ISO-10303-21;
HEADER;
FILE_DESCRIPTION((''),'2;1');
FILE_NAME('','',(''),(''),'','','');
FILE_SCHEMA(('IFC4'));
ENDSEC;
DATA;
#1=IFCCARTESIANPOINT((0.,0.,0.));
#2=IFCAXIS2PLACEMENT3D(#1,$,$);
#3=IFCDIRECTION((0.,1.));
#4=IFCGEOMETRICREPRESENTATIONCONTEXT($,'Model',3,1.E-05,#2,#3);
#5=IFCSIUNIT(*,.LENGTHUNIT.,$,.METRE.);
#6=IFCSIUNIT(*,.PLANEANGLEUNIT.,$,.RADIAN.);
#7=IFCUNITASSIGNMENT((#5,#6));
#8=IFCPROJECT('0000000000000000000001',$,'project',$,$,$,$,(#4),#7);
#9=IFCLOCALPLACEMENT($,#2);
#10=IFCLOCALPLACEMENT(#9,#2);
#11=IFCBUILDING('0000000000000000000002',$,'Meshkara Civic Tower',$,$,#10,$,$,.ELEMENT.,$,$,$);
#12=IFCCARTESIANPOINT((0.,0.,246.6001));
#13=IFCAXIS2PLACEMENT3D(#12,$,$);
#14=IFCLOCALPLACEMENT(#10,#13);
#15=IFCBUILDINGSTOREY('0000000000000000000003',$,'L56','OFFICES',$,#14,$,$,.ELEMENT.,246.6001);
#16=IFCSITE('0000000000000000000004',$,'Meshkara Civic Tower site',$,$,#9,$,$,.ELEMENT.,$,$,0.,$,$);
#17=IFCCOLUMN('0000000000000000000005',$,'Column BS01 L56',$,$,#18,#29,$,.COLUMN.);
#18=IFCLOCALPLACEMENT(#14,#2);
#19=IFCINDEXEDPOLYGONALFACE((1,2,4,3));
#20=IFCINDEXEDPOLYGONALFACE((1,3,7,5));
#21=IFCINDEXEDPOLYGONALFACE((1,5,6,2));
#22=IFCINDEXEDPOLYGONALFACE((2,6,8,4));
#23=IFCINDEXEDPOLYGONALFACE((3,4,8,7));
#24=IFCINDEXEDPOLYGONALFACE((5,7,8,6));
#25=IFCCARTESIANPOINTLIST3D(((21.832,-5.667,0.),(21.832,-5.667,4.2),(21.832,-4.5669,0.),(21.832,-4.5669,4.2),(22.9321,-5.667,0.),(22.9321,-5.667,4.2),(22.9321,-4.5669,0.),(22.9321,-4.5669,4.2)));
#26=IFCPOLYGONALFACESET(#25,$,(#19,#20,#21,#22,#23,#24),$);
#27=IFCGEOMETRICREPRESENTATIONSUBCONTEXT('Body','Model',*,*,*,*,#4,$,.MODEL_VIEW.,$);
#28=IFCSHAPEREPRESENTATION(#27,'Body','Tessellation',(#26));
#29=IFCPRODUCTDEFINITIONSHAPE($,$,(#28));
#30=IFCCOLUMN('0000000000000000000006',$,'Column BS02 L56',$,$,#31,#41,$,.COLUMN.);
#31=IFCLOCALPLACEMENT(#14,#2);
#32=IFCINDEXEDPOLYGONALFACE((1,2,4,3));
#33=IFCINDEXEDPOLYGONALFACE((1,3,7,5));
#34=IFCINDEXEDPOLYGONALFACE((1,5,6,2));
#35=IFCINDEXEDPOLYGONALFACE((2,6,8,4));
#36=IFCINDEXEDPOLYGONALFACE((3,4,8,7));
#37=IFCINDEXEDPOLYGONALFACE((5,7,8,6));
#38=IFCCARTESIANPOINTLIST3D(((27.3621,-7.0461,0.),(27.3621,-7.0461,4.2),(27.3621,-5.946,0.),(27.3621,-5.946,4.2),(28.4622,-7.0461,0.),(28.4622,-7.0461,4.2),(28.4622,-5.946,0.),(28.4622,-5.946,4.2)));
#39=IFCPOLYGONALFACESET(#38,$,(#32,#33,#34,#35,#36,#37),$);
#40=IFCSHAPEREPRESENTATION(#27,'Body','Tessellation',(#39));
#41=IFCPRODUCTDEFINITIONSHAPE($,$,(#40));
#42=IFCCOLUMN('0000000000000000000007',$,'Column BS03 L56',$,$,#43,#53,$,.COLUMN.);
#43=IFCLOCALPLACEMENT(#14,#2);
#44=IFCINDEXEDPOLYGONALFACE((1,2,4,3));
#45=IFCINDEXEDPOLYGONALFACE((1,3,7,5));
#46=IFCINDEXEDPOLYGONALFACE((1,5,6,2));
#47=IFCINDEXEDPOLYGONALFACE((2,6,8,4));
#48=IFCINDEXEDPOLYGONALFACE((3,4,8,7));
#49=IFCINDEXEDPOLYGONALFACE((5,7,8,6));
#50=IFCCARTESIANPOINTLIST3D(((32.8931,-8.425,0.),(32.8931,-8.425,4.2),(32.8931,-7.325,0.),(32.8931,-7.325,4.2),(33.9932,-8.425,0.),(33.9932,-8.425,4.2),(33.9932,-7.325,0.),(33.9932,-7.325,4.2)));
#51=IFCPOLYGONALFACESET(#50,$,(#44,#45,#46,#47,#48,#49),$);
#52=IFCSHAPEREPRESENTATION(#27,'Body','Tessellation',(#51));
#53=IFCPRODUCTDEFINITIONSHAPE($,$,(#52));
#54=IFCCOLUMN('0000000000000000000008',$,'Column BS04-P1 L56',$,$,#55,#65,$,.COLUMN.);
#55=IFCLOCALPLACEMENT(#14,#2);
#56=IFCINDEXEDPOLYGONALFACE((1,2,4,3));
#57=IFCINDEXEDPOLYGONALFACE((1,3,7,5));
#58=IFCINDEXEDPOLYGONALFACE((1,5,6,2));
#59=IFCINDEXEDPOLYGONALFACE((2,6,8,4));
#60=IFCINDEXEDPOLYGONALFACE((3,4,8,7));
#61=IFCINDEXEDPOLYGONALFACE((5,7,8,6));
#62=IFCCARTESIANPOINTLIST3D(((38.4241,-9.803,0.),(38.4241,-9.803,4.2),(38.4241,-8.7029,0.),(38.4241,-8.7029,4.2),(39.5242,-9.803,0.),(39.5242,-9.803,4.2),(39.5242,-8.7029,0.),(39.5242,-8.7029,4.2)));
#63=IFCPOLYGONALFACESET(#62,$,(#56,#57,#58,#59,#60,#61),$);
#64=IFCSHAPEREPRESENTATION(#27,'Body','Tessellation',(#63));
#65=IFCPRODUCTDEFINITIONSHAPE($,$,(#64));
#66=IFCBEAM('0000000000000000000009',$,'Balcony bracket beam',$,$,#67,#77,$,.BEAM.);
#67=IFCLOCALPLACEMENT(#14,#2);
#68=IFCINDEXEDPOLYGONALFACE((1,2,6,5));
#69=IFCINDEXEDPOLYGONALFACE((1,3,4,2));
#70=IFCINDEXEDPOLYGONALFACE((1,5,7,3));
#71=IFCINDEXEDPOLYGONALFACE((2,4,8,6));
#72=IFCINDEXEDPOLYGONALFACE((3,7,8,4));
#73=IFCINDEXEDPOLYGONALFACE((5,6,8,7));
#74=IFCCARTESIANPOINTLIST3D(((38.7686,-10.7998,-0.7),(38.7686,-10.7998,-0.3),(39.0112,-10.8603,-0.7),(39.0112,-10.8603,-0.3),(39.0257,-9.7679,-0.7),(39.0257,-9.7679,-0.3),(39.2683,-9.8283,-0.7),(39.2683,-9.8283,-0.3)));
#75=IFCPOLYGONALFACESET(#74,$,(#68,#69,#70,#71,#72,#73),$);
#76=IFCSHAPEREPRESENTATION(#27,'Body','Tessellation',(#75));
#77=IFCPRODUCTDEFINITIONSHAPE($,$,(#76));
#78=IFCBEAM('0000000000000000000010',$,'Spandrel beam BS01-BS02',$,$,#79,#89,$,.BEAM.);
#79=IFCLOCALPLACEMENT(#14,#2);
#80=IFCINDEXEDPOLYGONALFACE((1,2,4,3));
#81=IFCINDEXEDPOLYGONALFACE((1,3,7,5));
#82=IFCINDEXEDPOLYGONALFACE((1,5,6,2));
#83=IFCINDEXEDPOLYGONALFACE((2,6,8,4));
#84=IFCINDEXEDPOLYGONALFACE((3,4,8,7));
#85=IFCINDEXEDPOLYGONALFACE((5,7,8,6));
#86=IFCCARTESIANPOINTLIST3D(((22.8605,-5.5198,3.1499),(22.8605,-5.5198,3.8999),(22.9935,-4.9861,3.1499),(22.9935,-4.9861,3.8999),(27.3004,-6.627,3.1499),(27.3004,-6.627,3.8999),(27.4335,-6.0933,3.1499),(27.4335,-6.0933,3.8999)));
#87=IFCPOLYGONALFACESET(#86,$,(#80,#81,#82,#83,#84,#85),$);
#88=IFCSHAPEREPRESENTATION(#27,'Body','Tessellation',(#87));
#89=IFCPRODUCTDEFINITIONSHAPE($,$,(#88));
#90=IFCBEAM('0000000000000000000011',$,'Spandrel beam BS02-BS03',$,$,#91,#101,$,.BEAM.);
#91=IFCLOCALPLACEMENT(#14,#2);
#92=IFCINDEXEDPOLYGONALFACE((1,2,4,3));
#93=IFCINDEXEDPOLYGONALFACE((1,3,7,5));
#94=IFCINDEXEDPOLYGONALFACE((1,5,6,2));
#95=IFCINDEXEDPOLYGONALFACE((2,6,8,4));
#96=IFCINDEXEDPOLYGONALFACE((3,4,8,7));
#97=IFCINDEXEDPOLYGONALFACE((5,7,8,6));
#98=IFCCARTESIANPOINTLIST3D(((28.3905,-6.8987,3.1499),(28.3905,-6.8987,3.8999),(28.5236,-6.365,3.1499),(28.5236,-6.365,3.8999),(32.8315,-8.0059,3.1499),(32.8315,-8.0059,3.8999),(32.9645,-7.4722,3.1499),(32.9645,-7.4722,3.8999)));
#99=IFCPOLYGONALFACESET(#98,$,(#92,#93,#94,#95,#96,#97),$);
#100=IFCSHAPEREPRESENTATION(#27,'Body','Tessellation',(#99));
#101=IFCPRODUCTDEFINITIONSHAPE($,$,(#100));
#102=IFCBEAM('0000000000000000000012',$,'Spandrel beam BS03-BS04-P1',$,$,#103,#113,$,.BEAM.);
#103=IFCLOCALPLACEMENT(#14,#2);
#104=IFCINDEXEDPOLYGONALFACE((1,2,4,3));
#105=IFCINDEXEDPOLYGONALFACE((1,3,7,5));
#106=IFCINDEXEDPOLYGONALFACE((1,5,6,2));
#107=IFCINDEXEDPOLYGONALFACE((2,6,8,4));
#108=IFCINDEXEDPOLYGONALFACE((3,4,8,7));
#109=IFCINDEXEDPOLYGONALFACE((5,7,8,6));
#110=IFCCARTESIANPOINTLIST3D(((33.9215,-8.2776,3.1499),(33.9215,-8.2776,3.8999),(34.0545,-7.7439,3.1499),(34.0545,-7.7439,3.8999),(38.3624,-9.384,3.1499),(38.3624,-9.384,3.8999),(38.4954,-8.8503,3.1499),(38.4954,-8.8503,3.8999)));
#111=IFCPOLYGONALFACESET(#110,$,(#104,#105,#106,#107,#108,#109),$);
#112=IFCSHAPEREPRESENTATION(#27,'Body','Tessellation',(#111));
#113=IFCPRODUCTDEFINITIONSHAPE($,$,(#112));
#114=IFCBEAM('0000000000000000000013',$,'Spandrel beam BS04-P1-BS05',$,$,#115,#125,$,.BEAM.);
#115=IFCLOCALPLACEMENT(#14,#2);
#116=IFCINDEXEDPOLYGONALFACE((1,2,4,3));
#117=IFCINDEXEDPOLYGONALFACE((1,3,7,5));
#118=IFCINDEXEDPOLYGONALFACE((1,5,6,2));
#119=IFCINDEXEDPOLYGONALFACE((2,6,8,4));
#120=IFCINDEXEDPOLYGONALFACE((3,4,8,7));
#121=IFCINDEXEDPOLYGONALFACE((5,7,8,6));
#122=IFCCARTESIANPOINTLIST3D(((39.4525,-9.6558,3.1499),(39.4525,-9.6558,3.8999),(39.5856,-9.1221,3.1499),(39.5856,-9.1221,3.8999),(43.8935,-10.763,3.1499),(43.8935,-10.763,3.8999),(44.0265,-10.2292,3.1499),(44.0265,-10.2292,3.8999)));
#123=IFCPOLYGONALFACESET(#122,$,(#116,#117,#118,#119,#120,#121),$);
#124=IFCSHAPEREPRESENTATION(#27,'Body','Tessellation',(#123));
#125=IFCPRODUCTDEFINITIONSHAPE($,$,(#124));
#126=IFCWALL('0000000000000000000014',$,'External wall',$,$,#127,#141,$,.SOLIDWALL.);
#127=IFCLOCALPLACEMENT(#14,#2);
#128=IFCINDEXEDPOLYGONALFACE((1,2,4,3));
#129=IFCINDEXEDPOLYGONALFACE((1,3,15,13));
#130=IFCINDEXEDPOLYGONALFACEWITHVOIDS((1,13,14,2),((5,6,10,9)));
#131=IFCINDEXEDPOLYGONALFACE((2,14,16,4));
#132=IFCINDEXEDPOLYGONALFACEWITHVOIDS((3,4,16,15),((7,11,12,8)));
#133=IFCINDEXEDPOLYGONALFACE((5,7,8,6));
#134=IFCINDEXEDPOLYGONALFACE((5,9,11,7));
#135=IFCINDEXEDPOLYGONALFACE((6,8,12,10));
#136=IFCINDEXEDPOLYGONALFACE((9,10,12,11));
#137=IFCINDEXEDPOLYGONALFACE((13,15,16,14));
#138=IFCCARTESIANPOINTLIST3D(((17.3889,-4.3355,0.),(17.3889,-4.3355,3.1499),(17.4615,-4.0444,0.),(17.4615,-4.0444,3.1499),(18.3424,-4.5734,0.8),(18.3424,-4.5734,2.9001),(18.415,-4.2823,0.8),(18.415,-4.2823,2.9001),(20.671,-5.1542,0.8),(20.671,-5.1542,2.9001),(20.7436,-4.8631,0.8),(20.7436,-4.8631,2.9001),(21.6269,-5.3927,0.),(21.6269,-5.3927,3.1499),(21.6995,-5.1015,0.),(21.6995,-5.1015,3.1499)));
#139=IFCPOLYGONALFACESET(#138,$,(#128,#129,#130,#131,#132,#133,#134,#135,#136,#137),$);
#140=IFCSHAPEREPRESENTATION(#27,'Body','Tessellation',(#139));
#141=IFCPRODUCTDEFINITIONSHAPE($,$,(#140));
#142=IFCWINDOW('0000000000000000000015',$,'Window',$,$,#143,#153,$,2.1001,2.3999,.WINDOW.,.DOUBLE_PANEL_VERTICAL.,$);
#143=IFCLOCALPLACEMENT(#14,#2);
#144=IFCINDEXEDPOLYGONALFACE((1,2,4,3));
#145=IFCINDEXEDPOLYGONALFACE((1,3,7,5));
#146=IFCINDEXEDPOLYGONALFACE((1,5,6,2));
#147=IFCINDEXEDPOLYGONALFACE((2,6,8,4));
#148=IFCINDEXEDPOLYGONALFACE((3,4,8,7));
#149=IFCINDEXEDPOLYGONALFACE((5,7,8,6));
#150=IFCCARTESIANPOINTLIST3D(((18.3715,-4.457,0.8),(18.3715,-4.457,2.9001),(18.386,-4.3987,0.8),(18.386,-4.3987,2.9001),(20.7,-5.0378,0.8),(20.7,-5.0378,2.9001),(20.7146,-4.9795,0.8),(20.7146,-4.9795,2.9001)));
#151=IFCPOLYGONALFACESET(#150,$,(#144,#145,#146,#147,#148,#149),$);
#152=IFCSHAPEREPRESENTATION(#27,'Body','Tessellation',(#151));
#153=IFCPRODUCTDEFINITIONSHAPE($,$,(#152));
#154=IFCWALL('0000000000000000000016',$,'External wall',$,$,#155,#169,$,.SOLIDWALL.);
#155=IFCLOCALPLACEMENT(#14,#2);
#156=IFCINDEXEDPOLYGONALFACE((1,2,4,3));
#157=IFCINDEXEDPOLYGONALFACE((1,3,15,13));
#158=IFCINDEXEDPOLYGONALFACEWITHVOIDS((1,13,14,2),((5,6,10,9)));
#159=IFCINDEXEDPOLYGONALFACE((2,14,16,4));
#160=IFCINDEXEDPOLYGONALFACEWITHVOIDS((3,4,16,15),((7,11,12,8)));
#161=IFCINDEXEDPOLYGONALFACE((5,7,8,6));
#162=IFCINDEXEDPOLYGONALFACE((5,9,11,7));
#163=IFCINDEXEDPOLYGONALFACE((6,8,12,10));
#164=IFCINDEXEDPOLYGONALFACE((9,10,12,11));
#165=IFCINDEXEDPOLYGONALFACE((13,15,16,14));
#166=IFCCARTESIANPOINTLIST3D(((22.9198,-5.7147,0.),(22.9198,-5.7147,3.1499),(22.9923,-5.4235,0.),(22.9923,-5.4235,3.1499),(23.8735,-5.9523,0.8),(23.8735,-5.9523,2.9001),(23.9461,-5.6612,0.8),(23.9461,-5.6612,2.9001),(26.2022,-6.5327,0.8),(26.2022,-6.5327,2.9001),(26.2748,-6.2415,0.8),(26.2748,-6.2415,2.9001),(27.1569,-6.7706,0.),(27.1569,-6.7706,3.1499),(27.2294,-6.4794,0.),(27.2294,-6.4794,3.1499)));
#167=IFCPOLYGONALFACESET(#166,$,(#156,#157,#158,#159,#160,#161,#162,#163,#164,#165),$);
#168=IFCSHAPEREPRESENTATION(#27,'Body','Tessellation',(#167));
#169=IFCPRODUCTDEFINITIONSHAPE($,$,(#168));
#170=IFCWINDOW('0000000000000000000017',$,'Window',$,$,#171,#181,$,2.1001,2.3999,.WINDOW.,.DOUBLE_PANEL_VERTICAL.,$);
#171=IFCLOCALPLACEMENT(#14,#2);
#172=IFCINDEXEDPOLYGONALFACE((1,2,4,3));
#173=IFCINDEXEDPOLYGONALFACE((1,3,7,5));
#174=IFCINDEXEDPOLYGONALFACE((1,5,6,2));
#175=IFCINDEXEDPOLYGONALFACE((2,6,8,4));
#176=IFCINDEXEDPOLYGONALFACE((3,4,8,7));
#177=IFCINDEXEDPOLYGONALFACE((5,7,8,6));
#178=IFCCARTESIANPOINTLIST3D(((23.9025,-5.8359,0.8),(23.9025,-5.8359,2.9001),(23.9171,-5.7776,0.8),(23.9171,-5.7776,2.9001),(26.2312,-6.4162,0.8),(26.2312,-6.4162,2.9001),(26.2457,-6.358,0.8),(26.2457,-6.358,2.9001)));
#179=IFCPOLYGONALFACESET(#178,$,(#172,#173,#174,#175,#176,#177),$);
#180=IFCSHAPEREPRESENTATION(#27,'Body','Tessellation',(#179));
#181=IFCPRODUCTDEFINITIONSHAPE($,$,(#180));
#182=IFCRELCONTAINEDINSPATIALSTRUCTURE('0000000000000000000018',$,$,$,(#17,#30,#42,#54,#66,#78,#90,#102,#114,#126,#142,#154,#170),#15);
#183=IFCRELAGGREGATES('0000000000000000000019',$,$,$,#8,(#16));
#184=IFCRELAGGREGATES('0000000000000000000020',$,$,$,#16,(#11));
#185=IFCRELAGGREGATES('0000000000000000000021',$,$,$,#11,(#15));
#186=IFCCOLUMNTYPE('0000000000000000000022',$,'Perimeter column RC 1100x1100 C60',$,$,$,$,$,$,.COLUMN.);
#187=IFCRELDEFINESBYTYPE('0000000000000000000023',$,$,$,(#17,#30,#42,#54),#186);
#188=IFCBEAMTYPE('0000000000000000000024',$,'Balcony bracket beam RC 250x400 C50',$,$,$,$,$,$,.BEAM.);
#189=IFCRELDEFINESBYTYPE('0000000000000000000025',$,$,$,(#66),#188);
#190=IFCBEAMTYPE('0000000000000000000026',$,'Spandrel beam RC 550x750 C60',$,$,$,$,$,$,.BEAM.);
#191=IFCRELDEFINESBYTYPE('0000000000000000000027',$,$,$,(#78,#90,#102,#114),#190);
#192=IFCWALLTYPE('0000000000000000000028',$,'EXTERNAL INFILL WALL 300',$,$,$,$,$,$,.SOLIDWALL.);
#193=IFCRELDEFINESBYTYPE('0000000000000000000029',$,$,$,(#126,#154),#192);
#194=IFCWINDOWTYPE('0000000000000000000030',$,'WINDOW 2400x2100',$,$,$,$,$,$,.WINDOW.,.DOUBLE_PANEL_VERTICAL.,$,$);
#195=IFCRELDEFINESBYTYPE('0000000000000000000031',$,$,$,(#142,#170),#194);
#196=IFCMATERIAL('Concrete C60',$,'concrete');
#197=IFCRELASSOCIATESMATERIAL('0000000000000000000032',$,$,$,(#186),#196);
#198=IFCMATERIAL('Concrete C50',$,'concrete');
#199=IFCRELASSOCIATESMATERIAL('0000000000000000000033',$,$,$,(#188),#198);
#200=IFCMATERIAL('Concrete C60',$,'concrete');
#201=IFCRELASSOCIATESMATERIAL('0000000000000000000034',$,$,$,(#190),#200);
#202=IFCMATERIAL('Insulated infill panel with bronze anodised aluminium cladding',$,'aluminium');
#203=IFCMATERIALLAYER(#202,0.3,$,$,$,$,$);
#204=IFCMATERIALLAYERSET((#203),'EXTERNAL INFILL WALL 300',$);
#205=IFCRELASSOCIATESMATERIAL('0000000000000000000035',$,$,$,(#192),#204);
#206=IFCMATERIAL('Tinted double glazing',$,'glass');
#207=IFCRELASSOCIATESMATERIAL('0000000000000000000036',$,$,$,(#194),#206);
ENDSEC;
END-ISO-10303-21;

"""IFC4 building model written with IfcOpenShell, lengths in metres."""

from ifc_helpers import new_model, si_unit, direction, frame, frame_2d, origin, origin_2d, place, context, subcontext, project, spatial, rectangle, extrude, material, layer, layer_set, material_profile, profile_set, type_object, element, fill, save


model = new_model("IFC4")

# Units and contexts
model_context = context("Model", 3, precision=1e-05, world=origin(), true_north=direction((0.0, 1.0)))
body_context = subcontext(model_context, "Body", "Model", "MODEL_VIEW")
ifc_project = project(units=[si_unit("LENGTHUNIT", "METRE"), si_unit("PLANEANGLEUNIT", "RADIAN")], contexts=[model_context])

# Site, building, storey
site_placement = place(None, origin())
site = spatial("IfcSite", under=ifc_project, at=site_placement, Name="Meshkara Civic Tower site", CompositionType="ELEMENT", RefElevation=0.0)
building_placement = place(site_placement, origin())
building = spatial("IfcBuilding", under=site, at=building_placement, Name="Meshkara Civic Tower", CompositionType="ELEMENT")
storey_placement = place(building_placement, frame((0.0, 0.0, 246.6001)))
storey = spatial("IfcBuildingStorey", under=building, at=storey_placement, Name="L56", Description="OFFICES", CompositionType="ELEMENT", Elevation=246.6001)

# Columns
ifc_material_1 = material(Name="Concrete C60", Category="concrete")
ifc_material_profile_1 = material_profile(ifc_material_1, rectangle(XDim=1.1001, YDim=1.1001, at=origin_2d()))
ifc_profile_set_1 = profile_set([ifc_material_profile_1], Name="Concrete C60")
column_type = type_object("IfcColumnType", Name="Perimeter column RC 1100x1100 C60", PredefinedType="COLUMN", material=ifc_profile_set_1)
for number, where, z_axis, x_axis, name in (
    (1, (22.3821, -5.1169, 0.0), (0.0, 0.0, 1.0), (1.0, 0.0, 0.0), "Column BS01 L56"),
    (2, (27.9121, -6.4961, 0.0), (0.0, 0.0, 1.0), (1.0, 0.0, 0.0), "Column BS02 L56"),
    (3, (33.4431, -7.875, 0.0), (0.0, 0.0, 1.0), (1.0, 0.0, 0.0), "Column BS03 L56"),
    (4, (38.9741, -9.2529, 0.0), (0.0, 0.0, 1.0), (1.0, 0.0, 0.0), "Column BS04-P1 L56"),
):
    element("IfcColumn", number, at=place(storey_placement, frame(where, z_axis=z_axis, x_axis=x_axis)), inside=storey, type_object=column_type, Name=name, PredefinedType="COLUMN", context=body_context, shape_type="SweptSolid", body=[
        extrude(rectangle(XDim=1.1001, YDim=1.1001, at=origin_2d()), origin(), (0.0, 0.0, 1.0), 4.2),
    ])

# Beams
ifc_material_2 = material(Name="Concrete C50", Category="concrete")
ifc_material_profile_2 = material_profile(ifc_material_2, rectangle(XDim=0.25, YDim=0.3999, at=origin_2d()))
ifc_profile_set_2 = profile_set([ifc_material_profile_2], Name="Concrete C50")
beam_type_1 = type_object("IfcBeamType", Name="Balcony bracket beam RC 250x400 C50", PredefinedType="BEAM", material=ifc_profile_set_2)
beam_1_placement = place(storey_placement, frame((39.147, -9.7981, -0.5), z_axis=(-0.241725, -0.970345, 0.0), x_axis=(0.970345, -0.241725, 0.0)))
element("IfcBeam", 5, at=beam_1_placement, inside=storey, type_object=beam_type_1, Name="Balcony bracket beam", PredefinedType="BEAM", context=body_context, shape_type="SweptSolid", body=[
    extrude(rectangle(XDim=0.25, YDim=0.3999, at=origin_2d()), origin(), (0.0, 0.0, 1.0), 1.0635),
])
ifc_material_3 = material(Name="Concrete C60", Category="concrete")
ifc_material_profile_3 = material_profile(ifc_material_3, rectangle(XDim=0.55, YDim=0.75, at=origin_2d()))
ifc_profile_set_3 = profile_set([ifc_material_profile_3], Name="Concrete C60")
beam_type_2 = type_object("IfcBeamType", Name="Spandrel beam RC 550x750 C60", PredefinedType="BEAM", material=ifc_profile_set_3)
beam_2_placement = place(storey_placement, frame((22.927, -5.2529, 3.5249), z_axis=(0.970287, -0.241958, 0.0), x_axis=(0.241958, 0.970287, 0.0)))
element("IfcBeam", 6, at=beam_2_placement, inside=storey, type_object=beam_type_2, Name="Spandrel beam BS01-BS02", PredefinedType="BEAM", context=body_context, shape_type="SweptSolid", body=[
    extrude(rectangle(XDim=0.55, YDim=0.75, at=origin_2d()), origin(), (0.0, 0.0, 1.0), 4.5759),
])
beam_3_placement = place(storey_placement, frame((28.457, -6.6318, 3.5249), z_axis=(0.970299, -0.241908, 0.0), x_axis=(0.241908, 0.970299, 0.0)))
element("IfcBeam", 7, at=beam_3_placement, inside=storey, type_object=beam_type_2, Name="Spandrel beam BS02-BS03", PredefinedType="BEAM", context=body_context, shape_type="SweptSolid", body=[
    extrude(rectangle(XDim=0.55, YDim=0.75, at=origin_2d()), origin(), (0.0, 0.0, 1.0), 4.5769),
])
beam_4_placement = place(storey_placement, frame((33.988, -8.0107, 3.5249), z_axis=(0.970337, -0.241757, 0.0), x_axis=(0.241757, 0.970337, 0.0)))
element("IfcBeam", 8, at=beam_4_placement, inside=storey, type_object=beam_type_2, Name="Spandrel beam BS03-BS04-P1", PredefinedType="BEAM", context=body_context, shape_type="SweptSolid", body=[
    extrude(rectangle(XDim=0.55, YDim=0.75, at=origin_2d()), origin(), (0.0, 0.0, 1.0), 4.5767),
])
beam_5_placement = place(storey_placement, frame((39.519, -9.3889, 3.5249), z_axis=(0.970299, -0.241908, 0.0), x_axis=(0.241908, 0.970299, 0.0)))
element("IfcBeam", 9, at=beam_5_placement, inside=storey, type_object=beam_type_2, Name="Spandrel beam BS04-P1-BS05", PredefinedType="BEAM", context=body_context, shape_type="SweptSolid", body=[
    extrude(rectangle(XDim=0.55, YDim=0.75, at=origin_2d()), origin(), (0.0, 0.0, 1.0), 4.5769),
])

# Walls, openings, windows
ifc_material_4 = material(Name="Insulated infill panel with bronze anodised aluminium cladding", Category="aluminium")
ifc_layer_1 = layer(ifc_material_4, 0.3)
ifc_layer_set_1 = layer_set([ifc_layer_1], Name="EXTERNAL INFILL WALL 300")
wall_type_1 = type_object("IfcWallType", Name="EXTERNAL INFILL WALL 300", PredefinedType="SOLIDWALL", material=ifc_layer_set_1)
wall_1_placement = place(storey_placement, frame((17.425, -4.1899, 0.0), z_axis=(0.0, 0.0, 1.0), x_axis=(0.970271, -0.242023, 0.0)))
wall_1 = element("IfcWall", 10, at=wall_1_placement, inside=storey, type_object=wall_type_1, Name="External wall", PredefinedType="SOLIDWALL", context=body_context, shape_type="SweptSolid", body=[
    extrude(rectangle(XDim=4.3679, YDim=0.3, at=frame_2d((2.1841, 0.0))), origin(), (0.0, 0.0, 1.0), 3.1499),
])
opening_1_placement = place(wall_1_placement, frame((0.9829, 0.0, 0.8)))
opening_1 = element("IfcOpeningElement", 11, at=opening_1_placement, cuts=wall_1, PredefinedType="OPENING", context=body_context, shape_type="SweptSolid", body=[
    extrude(rectangle(XDim=2.3999, YDim=2.1001, at=frame_2d((1.2, 1.05))), frame((0.0, 0.1599, 0.0), z_axis=(0.0, -1.0, 0.0), x_axis=(1.0, 0.0, 0.0)), (0.0, 0.0, 1.0), 0.3201),
])
ifc_material_5 = material(Name="Tinted double glazing", Category="glass")
window_type = type_object("IfcWindowType", Name="WINDOW 2400x2100", PartitioningType="DOUBLE_PANEL_VERTICAL", PredefinedType="WINDOW", material=ifc_material_5)
window_1_placement = place(opening_1_placement, origin())
window_1 = element("IfcWindow", 12, at=window_1_placement, inside=storey, type_object=window_type, Name="Window", OverallHeight=2.1001, OverallWidth=2.3999, PartitioningType="DOUBLE_PANEL_VERTICAL", PredefinedType="WINDOW", context=body_context, shape_type="SweptSolid", body=[
    extrude(rectangle(XDim=2.3999, YDim=2.1001, at=frame_2d((1.2, 1.05))), frame((0.0, 0.03, 0.0), z_axis=(0.0, -1.0, 0.0), x_axis=(1.0, 0.0, 0.0)), (0.0, 0.0, 1.0), 0.0601),
])
fill(opening_1, window_1)
wall_2_placement = place(storey_placement, frame((22.9561, -5.5691, 0.0), z_axis=(0.0, 0.0, 1.0), x_axis=(0.970323, -0.241812, 0.0)))
wall_2 = element("IfcWall", 13, at=wall_2_placement, inside=storey, type_object=wall_type_1, Name="External wall", PredefinedType="SOLIDWALL", context=body_context, shape_type="SweptSolid", body=[
    extrude(rectangle(XDim=4.3667, YDim=0.3, at=frame_2d((2.1833, 0.0))), origin(), (0.0, 0.0, 1.0), 3.1499),
])
opening_2_placement = place(wall_2_placement, frame((0.9829, 0.0, 0.8)))
opening_2 = element("IfcOpeningElement", 14, at=opening_2_placement, cuts=wall_2, PredefinedType="OPENING", context=body_context, shape_type="SweptSolid", body=[
    extrude(rectangle(XDim=2.3999, YDim=2.1001, at=frame_2d((1.2, 1.05))), frame((0.0, 0.1599, 0.0), z_axis=(0.0, -1.0, 0.0), x_axis=(1.0, 0.0, 0.0)), (0.0, 0.0, 1.0), 0.3201),
])
window_2_placement = place(opening_2_placement, origin())
window_2 = element("IfcWindow", 15, at=window_2_placement, inside=storey, type_object=window_type, Name="Window", OverallHeight=2.1001, OverallWidth=2.3999, PartitioningType="DOUBLE_PANEL_VERTICAL", PredefinedType="WINDOW", context=body_context, shape_type="SweptSolid", body=[
    extrude(rectangle(XDim=2.3999, YDim=2.1001, at=frame_2d((1.2, 1.05))), frame((0.0, 0.03, 0.0), z_axis=(0.0, -1.0, 0.0), x_axis=(1.0, 0.0, 0.0)), (0.0, 0.0, 1.0), 0.0601),
])
fill(opening_2, window_2)

save(model, "model.ifc")
